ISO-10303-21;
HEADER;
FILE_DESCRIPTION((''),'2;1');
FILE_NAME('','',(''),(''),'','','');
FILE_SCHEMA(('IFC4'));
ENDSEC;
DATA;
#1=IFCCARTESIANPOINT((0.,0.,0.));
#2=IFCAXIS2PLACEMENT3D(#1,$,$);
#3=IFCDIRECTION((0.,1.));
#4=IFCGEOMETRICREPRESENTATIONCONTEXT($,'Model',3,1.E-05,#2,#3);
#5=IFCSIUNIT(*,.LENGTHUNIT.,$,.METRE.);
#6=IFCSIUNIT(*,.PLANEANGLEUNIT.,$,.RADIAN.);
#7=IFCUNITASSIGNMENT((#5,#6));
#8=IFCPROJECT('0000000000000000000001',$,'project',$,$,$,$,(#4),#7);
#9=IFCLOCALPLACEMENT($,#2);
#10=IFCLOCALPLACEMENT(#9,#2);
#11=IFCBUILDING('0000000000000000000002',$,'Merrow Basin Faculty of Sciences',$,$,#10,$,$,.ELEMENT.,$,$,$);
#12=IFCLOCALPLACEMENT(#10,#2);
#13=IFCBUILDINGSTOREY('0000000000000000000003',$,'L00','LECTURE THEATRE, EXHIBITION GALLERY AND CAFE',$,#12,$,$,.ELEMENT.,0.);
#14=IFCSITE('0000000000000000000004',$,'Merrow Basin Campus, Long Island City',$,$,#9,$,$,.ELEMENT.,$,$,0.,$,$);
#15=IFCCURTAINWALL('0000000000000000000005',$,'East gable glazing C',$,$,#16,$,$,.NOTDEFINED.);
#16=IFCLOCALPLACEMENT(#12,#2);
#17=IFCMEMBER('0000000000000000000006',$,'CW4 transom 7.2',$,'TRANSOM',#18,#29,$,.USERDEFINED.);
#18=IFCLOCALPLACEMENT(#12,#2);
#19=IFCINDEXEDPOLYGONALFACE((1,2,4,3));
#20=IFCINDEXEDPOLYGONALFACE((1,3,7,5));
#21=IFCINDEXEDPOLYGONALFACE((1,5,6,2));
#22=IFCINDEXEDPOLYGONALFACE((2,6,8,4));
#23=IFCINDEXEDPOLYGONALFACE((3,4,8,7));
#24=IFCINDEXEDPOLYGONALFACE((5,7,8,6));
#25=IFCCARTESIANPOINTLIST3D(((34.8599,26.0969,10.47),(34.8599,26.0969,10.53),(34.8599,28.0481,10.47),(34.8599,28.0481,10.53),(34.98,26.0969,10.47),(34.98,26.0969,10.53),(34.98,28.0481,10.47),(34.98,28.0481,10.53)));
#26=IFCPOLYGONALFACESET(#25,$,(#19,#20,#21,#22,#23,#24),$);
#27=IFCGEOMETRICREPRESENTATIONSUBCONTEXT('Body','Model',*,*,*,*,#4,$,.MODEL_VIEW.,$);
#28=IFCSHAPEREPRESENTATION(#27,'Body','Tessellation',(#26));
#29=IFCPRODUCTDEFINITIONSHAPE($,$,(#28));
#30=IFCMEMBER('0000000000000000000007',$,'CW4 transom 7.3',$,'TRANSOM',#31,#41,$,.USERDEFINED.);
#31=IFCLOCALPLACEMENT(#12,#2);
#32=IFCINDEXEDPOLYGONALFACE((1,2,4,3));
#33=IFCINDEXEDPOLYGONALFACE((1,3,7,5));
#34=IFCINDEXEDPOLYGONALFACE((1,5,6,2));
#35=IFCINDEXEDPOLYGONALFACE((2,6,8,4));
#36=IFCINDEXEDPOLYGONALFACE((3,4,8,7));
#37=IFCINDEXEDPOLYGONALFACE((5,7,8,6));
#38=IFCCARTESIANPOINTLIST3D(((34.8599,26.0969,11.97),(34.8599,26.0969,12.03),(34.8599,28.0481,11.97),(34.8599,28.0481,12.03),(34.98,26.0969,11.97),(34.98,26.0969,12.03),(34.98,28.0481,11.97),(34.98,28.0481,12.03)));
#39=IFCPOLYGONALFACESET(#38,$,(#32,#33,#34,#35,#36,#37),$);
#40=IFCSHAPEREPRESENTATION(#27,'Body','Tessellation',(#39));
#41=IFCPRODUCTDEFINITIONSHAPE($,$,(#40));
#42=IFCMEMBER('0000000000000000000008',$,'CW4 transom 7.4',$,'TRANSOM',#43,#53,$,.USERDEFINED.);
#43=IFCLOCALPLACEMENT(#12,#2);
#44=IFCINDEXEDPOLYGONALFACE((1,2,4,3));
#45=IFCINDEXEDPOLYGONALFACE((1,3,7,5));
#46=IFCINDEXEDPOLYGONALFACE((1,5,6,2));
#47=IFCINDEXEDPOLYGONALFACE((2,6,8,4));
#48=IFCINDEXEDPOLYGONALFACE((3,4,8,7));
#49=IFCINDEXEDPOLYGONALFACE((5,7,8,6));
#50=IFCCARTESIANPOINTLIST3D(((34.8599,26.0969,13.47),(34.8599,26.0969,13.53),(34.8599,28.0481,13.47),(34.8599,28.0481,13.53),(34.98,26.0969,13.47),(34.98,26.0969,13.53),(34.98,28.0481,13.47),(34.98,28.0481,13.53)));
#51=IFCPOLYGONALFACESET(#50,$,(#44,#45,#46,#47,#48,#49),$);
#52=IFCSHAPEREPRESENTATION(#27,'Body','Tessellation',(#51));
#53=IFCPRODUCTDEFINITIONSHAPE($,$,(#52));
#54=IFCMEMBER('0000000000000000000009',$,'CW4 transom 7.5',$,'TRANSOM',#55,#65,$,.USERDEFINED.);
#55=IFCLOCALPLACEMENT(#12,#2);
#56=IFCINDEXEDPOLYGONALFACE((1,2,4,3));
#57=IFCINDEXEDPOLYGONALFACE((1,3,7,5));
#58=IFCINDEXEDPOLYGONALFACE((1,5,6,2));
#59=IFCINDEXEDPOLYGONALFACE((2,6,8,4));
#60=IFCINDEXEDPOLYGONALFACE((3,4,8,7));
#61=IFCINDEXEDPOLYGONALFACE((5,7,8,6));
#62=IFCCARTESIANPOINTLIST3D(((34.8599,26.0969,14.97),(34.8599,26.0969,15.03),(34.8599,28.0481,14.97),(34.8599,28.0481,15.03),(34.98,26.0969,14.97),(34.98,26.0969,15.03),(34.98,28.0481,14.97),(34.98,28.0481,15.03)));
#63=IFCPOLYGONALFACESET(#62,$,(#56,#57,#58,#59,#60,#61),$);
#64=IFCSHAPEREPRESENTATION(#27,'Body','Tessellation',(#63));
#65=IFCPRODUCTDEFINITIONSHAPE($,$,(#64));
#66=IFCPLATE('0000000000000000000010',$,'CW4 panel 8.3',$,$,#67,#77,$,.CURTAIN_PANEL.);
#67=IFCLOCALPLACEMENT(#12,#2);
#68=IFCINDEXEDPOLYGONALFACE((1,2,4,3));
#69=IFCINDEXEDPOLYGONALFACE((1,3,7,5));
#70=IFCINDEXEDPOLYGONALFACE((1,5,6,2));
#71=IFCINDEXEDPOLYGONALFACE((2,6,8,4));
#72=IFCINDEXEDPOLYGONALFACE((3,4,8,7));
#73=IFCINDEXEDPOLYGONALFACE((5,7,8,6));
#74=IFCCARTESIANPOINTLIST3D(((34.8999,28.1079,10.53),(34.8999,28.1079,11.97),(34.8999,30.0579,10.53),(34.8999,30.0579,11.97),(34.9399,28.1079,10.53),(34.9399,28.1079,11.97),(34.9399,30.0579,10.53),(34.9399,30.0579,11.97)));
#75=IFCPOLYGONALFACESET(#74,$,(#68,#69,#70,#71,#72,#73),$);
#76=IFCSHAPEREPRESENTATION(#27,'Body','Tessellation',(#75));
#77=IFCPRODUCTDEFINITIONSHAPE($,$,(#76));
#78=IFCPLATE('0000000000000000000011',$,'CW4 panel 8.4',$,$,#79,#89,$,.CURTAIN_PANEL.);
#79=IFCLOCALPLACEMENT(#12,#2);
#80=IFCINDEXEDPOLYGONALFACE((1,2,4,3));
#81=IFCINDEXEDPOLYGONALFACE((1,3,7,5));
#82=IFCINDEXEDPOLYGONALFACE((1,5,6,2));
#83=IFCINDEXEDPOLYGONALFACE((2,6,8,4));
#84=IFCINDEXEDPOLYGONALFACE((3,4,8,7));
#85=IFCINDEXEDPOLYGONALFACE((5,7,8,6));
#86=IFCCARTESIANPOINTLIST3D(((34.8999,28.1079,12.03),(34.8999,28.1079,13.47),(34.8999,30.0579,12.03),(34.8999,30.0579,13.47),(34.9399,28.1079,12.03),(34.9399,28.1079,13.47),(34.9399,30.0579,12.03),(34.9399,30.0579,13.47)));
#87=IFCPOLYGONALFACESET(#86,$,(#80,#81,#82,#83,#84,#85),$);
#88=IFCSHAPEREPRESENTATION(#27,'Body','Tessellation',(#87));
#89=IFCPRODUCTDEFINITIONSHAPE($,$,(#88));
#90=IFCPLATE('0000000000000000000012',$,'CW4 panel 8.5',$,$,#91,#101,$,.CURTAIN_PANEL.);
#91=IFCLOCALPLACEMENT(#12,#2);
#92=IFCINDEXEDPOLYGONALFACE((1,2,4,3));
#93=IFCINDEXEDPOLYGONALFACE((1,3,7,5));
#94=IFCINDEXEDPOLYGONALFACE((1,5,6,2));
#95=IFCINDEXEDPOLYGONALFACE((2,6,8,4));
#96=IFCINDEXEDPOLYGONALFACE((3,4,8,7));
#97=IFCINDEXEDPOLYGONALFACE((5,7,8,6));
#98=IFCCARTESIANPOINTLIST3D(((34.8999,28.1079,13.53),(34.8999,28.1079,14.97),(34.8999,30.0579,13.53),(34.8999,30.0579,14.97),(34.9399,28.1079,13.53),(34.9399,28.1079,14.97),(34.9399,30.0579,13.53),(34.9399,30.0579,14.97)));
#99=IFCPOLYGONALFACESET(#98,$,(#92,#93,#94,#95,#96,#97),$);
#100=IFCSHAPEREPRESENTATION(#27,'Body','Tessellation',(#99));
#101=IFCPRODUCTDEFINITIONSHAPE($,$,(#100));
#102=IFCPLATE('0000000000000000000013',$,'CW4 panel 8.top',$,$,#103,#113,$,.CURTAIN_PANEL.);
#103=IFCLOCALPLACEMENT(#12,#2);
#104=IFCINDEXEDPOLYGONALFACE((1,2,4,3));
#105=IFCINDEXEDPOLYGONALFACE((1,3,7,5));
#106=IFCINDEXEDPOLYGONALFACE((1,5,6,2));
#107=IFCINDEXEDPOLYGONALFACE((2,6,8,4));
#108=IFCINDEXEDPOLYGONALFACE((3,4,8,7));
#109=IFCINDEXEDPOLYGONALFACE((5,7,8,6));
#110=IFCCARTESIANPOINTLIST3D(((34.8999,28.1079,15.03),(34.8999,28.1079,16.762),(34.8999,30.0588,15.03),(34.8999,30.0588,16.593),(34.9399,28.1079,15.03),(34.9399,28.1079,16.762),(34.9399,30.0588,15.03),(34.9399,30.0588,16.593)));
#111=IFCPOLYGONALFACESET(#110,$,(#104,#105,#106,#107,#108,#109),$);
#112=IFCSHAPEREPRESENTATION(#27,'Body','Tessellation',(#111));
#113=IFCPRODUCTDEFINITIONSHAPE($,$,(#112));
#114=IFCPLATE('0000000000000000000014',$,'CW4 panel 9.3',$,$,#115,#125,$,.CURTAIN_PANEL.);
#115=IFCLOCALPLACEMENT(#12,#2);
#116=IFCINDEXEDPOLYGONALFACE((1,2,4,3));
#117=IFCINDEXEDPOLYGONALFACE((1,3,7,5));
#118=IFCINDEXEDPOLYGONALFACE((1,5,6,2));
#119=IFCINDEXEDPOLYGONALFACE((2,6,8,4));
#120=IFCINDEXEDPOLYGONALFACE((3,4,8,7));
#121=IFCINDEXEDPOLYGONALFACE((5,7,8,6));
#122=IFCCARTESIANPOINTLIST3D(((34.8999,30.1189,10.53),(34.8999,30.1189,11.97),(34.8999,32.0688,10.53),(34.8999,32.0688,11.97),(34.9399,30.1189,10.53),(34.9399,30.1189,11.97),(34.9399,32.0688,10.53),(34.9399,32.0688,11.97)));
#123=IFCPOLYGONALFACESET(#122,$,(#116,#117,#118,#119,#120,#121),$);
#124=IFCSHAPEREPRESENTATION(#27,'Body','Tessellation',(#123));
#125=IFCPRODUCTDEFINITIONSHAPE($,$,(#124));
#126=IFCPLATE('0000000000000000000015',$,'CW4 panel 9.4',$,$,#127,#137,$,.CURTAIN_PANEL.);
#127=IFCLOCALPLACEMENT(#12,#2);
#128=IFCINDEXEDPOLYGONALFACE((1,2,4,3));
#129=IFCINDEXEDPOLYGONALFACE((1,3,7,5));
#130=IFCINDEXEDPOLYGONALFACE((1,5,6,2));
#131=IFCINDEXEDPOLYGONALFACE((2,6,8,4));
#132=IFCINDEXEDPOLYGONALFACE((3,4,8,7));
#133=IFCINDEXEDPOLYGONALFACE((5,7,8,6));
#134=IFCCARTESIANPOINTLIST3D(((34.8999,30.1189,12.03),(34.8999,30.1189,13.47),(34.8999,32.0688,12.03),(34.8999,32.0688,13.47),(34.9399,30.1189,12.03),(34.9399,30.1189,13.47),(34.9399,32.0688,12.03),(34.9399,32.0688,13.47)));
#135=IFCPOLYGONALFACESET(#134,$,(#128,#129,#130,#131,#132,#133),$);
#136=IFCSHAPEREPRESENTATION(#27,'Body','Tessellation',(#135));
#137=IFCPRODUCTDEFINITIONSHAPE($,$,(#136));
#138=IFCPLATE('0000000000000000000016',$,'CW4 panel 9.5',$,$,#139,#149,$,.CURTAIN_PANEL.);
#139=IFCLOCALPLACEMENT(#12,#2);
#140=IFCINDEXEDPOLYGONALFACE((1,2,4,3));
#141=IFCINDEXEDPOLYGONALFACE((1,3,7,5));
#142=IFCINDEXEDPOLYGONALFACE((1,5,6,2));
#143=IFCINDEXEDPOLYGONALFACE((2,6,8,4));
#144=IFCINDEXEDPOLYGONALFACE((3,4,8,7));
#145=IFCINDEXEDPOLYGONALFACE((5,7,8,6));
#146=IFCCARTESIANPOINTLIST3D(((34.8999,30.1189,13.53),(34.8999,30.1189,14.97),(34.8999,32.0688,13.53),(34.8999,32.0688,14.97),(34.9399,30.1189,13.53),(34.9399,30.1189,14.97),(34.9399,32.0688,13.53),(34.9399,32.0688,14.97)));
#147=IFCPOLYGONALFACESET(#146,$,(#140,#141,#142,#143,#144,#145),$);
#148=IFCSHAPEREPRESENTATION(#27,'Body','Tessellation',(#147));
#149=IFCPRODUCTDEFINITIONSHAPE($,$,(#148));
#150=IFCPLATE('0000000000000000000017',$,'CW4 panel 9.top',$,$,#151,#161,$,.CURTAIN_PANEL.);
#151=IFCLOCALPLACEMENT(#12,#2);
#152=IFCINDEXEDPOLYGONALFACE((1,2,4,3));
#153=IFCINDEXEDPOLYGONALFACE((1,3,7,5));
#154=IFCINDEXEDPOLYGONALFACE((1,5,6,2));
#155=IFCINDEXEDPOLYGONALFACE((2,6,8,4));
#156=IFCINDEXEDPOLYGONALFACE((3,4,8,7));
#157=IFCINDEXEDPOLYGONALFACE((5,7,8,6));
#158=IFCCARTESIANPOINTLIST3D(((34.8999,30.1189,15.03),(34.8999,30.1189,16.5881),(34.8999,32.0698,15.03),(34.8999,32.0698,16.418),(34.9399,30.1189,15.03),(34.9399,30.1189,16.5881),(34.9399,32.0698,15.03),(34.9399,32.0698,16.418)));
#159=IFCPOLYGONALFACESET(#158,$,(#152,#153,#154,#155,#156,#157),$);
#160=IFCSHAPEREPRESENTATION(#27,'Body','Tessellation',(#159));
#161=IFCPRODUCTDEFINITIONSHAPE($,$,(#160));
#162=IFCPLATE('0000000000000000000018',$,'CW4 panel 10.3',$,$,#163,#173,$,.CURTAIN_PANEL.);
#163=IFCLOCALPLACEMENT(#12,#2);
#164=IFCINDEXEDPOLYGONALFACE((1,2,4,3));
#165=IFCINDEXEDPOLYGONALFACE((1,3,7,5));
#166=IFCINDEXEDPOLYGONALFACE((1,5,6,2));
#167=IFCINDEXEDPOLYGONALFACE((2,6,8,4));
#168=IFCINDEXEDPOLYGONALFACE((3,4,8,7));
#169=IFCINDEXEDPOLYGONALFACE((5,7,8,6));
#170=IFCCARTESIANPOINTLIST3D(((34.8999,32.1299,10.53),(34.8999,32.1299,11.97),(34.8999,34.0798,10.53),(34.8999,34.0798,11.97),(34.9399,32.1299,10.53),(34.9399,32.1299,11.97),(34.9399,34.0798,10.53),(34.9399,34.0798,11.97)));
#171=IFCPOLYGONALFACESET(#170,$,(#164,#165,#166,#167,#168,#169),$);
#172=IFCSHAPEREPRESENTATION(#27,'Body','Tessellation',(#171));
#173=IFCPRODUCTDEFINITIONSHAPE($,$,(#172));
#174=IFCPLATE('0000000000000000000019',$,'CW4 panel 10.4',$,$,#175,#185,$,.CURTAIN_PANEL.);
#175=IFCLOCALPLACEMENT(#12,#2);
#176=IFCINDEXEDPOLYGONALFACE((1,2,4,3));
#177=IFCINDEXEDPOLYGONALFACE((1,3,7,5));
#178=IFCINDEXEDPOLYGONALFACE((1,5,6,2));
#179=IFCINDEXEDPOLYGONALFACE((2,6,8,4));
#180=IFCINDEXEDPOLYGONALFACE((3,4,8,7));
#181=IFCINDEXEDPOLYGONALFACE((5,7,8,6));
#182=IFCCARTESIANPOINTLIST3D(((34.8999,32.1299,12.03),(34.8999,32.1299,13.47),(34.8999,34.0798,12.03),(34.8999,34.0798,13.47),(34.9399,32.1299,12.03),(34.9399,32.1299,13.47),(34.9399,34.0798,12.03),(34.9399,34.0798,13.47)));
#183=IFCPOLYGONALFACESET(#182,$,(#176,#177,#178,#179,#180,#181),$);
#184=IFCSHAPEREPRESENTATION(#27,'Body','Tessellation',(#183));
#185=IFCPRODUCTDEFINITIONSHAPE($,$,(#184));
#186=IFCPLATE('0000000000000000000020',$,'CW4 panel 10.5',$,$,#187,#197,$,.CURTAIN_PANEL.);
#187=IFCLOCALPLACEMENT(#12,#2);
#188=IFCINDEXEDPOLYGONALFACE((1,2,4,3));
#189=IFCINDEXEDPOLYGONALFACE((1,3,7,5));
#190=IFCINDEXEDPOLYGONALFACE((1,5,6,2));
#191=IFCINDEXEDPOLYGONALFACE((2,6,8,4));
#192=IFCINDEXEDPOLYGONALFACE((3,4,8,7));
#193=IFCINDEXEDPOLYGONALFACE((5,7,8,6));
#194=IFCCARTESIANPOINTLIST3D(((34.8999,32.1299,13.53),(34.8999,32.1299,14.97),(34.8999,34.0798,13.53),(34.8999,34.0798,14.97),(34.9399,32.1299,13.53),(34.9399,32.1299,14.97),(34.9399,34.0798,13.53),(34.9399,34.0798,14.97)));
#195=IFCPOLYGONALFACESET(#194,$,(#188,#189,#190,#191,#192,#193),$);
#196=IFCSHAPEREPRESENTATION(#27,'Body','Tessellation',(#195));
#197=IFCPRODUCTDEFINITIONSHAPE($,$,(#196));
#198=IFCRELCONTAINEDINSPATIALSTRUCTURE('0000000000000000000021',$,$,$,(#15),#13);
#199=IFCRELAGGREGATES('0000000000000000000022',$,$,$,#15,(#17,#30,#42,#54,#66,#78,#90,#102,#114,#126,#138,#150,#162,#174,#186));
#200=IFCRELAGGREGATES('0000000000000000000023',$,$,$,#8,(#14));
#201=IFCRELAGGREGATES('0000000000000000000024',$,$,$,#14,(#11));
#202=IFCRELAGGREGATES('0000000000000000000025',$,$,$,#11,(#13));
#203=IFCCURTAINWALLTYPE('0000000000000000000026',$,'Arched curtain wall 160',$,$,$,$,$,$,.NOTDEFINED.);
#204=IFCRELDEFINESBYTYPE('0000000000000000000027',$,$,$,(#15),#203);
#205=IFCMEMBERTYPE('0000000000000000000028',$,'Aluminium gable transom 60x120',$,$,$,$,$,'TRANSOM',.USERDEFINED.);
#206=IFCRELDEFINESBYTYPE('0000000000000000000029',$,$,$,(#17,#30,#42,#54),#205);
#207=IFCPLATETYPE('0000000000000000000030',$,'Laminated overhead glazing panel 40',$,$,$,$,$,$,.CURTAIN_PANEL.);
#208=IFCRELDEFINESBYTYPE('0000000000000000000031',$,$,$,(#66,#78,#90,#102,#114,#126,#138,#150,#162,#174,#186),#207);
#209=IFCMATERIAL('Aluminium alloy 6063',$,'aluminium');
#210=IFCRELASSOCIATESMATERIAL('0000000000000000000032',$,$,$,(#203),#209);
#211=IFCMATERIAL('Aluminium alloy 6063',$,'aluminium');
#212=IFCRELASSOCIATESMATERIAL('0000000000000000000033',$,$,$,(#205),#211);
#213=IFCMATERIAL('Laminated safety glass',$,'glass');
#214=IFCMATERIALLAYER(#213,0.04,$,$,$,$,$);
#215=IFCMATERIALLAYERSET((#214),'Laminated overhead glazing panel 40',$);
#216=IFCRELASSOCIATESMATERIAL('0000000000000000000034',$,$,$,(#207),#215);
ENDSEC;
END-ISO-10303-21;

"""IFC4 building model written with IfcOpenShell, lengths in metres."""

from ifc_helpers import new_model, si_unit, direction, frame, origin, origin_2d, place, context, subcontext, project, spatial, polyline, rectangle, outline, extrude, material, layer, layer_set, material_profile, profile_set, type_object, element, aggregate, save


model = new_model("IFC4")

# Units and contexts
model_context = context("Model", 3, precision=1e-05, world=origin(), true_north=direction((0.0, 1.0)))
body_context = subcontext(model_context, "Body", "Model", "MODEL_VIEW")
ifc_project = project(units=[si_unit("LENGTHUNIT", "METRE"), si_unit("PLANEANGLEUNIT", "RADIAN")], contexts=[model_context])

# Site, building, storey
site_placement = place(None, origin())
site = spatial("IfcSite", under=ifc_project, at=site_placement, Name="Merrow Basin Campus, Long Island City", CompositionType="ELEMENT", RefElevation=0.0)
building_placement = place(site_placement, origin())
building = spatial("IfcBuilding", under=site, at=building_placement, Name="Merrow Basin Faculty of Sciences", CompositionType="ELEMENT")
storey_placement = place(building_placement, origin())
storey = spatial("IfcBuildingStorey", under=building, at=storey_placement, Name="L00", Description="LECTURE THEATRE, EXHIBITION GALLERY AND CAFE", CompositionType="ELEMENT", Elevation=0.0)

# Curtain wall, members, plates
ifc_material_1 = material(Name="Aluminium alloy 6063", Category="aluminium")
curtain_wall_type = type_object("IfcCurtainWallType", Name="Arched curtain wall 160", PredefinedType="NOTDEFINED", material=ifc_material_1)
curtain_wall_placement = place(storey_placement, origin())
curtain_wall = element("IfcCurtainWall", 1, at=curtain_wall_placement, inside=storey, type_object=curtain_wall_type, Name="East gable glazing C", PredefinedType="NOTDEFINED")
ifc_material_2 = material(Name="Aluminium alloy 6063", Category="aluminium")
ifc_material_profile = material_profile(ifc_material_2, rectangle(XDim=0.1201, YDim=0.0601, at=origin_2d()))
ifc_profile_set = profile_set([ifc_material_profile], Name="Aluminium alloy 6063")
member_type = type_object("IfcMemberType", Name="Aluminium gable transom 60x120", ElementType="TRANSOM", PredefinedType="USERDEFINED", material=ifc_profile_set)
member_1_placement = place(storey_placement, frame((34.9199, 26.0969, 10.5), z_axis=(0.0, 1.0, 0.0), x_axis=(-1.0, 0.0, 0.0)))
member_1 = element("IfcMember", 2, at=member_1_placement, type_object=member_type, Name="CW4 transom 7.2", ObjectType="TRANSOM", PredefinedType="USERDEFINED", context=body_context, shape_type="SweptSolid", body=[
    extrude(rectangle(XDim=0.1201, YDim=0.0601, at=origin_2d()), origin(), (0.0, 0.0, 1.0), 1.9512),
])
member_2_placement = place(storey_placement, frame((34.9199, 26.0969, 12.0), z_axis=(0.0, 1.0, 0.0), x_axis=(-1.0, 0.0, 0.0)))
member_2 = element("IfcMember", 3, at=member_2_placement, type_object=member_type, Name="CW4 transom 7.3", ObjectType="TRANSOM", PredefinedType="USERDEFINED", context=body_context, shape_type="SweptSolid", body=[
    extrude(rectangle(XDim=0.1201, YDim=0.0601, at=origin_2d()), origin(), (0.0, 0.0, 1.0), 1.9512),
])
member_3_placement = place(storey_placement, frame((34.9199, 26.0969, 13.5), z_axis=(0.0, 1.0, 0.0), x_axis=(-1.0, 0.0, 0.0)))
member_3 = element("IfcMember", 4, at=member_3_placement, type_object=member_type, Name="CW4 transom 7.4", ObjectType="TRANSOM", PredefinedType="USERDEFINED", context=body_context, shape_type="SweptSolid", body=[
    extrude(rectangle(XDim=0.1201, YDim=0.0601, at=origin_2d()), origin(), (0.0, 0.0, 1.0), 1.9512),
])
member_4_placement = place(storey_placement, frame((34.9199, 26.0969, 15.0), z_axis=(0.0, 1.0, 0.0), x_axis=(-1.0, 0.0, 0.0)))
member_4 = element("IfcMember", 5, at=member_4_placement, type_object=member_type, Name="CW4 transom 7.5", ObjectType="TRANSOM", PredefinedType="USERDEFINED", context=body_context, shape_type="SweptSolid", body=[
    extrude(rectangle(XDim=0.1201, YDim=0.0601, at=origin_2d()), origin(), (0.0, 0.0, 1.0), 1.9512),
])
ifc_material_3 = material(Name="Laminated safety glass", Category="glass")
ifc_layer = layer(ifc_material_3, 0.04)
ifc_layer_set = layer_set([ifc_layer], Name="Laminated overhead glazing panel 40")
plate_type = type_object("IfcPlateType", Name="Laminated overhead glazing panel 40", PredefinedType="CURTAIN_PANEL", material=ifc_layer_set)
plate_1_placement = place(storey_placement, frame((34.8999, 28.1079, 10.53), z_axis=(1.0, 0.0, 0.0), x_axis=(0.0, 1.0, 0.0)))
plate_1 = element("IfcPlate", 6, at=plate_1_placement, type_object=plate_type, Name="CW4 panel 8.3", PredefinedType="CURTAIN_PANEL", context=body_context, shape_type="SweptSolid", body=[
    extrude(outline(polyline([(0.0, 0.0), (1.95, 0.0), (1.95, 1.4399), (0.0, 1.4399), (0.0, 0.0)])), origin(), (0.0, 0.0, 1.0), 0.04),
])
plate_2_placement = place(storey_placement, frame((34.8999, 28.1079, 12.03), z_axis=(1.0, 0.0, 0.0), x_axis=(0.0, 1.0, 0.0)))
plate_2 = element("IfcPlate", 7, at=plate_2_placement, type_object=plate_type, Name="CW4 panel 8.4", PredefinedType="CURTAIN_PANEL", context=body_context, shape_type="SweptSolid", body=[
    extrude(outline(polyline([(0.0, 0.0), (1.95, 0.0), (1.95, 1.4399), (0.0, 1.4399), (0.0, 0.0)])), origin(), (0.0, 0.0, 1.0), 0.04),
])
plate_3_placement = place(storey_placement, frame((34.8999, 28.1079, 13.53), z_axis=(1.0, 0.0, 0.0), x_axis=(0.0, 1.0, 0.0)))
plate_3 = element("IfcPlate", 8, at=plate_3_placement, type_object=plate_type, Name="CW4 panel 8.5", PredefinedType="CURTAIN_PANEL", context=body_context, shape_type="SweptSolid", body=[
    extrude(outline(polyline([(0.0, 0.0), (1.95, 0.0), (1.95, 1.4399), (0.0, 1.4399), (0.0, 0.0)])), origin(), (0.0, 0.0, 1.0), 0.04),
])
plate_4_placement = place(storey_placement, frame((34.8999, 28.1079, 15.03), z_axis=(1.0, 0.0, 0.0), x_axis=(0.0, 1.0, 0.0)))
plate_4 = element("IfcPlate", 9, at=plate_4_placement, type_object=plate_type, Name="CW4 panel 8.top", PredefinedType="CURTAIN_PANEL", context=body_context, shape_type="SweptSolid", body=[
    extrude(outline(polyline([(0.0, 0.0), (1.9509, 0.0), (1.9509, 1.563), (0.0, 1.7319), (0.0, 0.0)])), origin(), (0.0, 0.0, 1.0), 0.04),
])
plate_5_placement = place(storey_placement, frame((34.8999, 30.1189, 10.53), z_axis=(1.0, 0.0, 0.0), x_axis=(0.0, 1.0, 0.0)))
plate_5 = element("IfcPlate", 10, at=plate_5_placement, type_object=plate_type, Name="CW4 panel 9.3", PredefinedType="CURTAIN_PANEL", context=body_context, shape_type="SweptSolid", body=[
    extrude(outline(polyline([(0.0, 0.0), (1.95, 0.0), (1.95, 1.4399), (0.0, 1.4399), (0.0, 0.0)])), origin(), (0.0, 0.0, 1.0), 0.04),
])
plate_6_placement = place(storey_placement, frame((34.8999, 30.1189, 12.03), z_axis=(1.0, 0.0, 0.0), x_axis=(0.0, 1.0, 0.0)))
plate_6 = element("IfcPlate", 11, at=plate_6_placement, type_object=plate_type, Name="CW4 panel 9.4", PredefinedType="CURTAIN_PANEL", context=body_context, shape_type="SweptSolid", body=[
    extrude(outline(polyline([(0.0, 0.0), (1.95, 0.0), (1.95, 1.4399), (0.0, 1.4399), (0.0, 0.0)])), origin(), (0.0, 0.0, 1.0), 0.04),
])
plate_7_placement = place(storey_placement, frame((34.8999, 30.1189, 13.53), z_axis=(1.0, 0.0, 0.0), x_axis=(0.0, 1.0, 0.0)))
plate_7 = element("IfcPlate", 12, at=plate_7_placement, type_object=plate_type, Name="CW4 panel 9.5", PredefinedType="CURTAIN_PANEL", context=body_context, shape_type="SweptSolid", body=[
    extrude(outline(polyline([(0.0, 0.0), (1.95, 0.0), (1.95, 1.4399), (0.0, 1.4399), (0.0, 0.0)])), origin(), (0.0, 0.0, 1.0), 0.04),
])
plate_8_placement = place(storey_placement, frame((34.8999, 30.1189, 15.03), z_axis=(1.0, 0.0, 0.0), x_axis=(0.0, 1.0, 0.0)))
plate_8 = element("IfcPlate", 13, at=plate_8_placement, type_object=plate_type, Name="CW4 panel 9.top", PredefinedType="CURTAIN_PANEL", context=body_context, shape_type="SweptSolid", body=[
    extrude(outline(polyline([(0.0, 0.0), (1.9509, 0.0), (1.9509, 1.3879), (0.0, 1.5581), (0.0, 0.0)])), origin(), (0.0, 0.0, 1.0), 0.04),
])
plate_9_placement = place(storey_placement, frame((34.8999, 32.1299, 10.53), z_axis=(1.0, 0.0, 0.0), x_axis=(0.0, 1.0, 0.0)))
plate_9 = element("IfcPlate", 14, at=plate_9_placement, type_object=plate_type, Name="CW4 panel 10.3", PredefinedType="CURTAIN_PANEL", context=body_context, shape_type="SweptSolid", body=[
    extrude(outline(polyline([(0.0, 0.0), (1.95, 0.0), (1.95, 1.4399), (0.0, 1.4399), (0.0, 0.0)])), origin(), (0.0, 0.0, 1.0), 0.04),
])
plate_10_placement = place(storey_placement, frame((34.8999, 32.1299, 12.03), z_axis=(1.0, 0.0, 0.0), x_axis=(0.0, 1.0, 0.0)))
plate_10 = element("IfcPlate", 15, at=plate_10_placement, type_object=plate_type, Name="CW4 panel 10.4", PredefinedType="CURTAIN_PANEL", context=body_context, shape_type="SweptSolid", body=[
    extrude(outline(polyline([(0.0, 0.0), (1.95, 0.0), (1.95, 1.4399), (0.0, 1.4399), (0.0, 0.0)])), origin(), (0.0, 0.0, 1.0), 0.04),
])
plate_11_placement = place(storey_placement, frame((34.8999, 32.1299, 13.53), z_axis=(1.0, 0.0, 0.0), x_axis=(0.0, 1.0, 0.0)))
plate_11 = element("IfcPlate", 16, at=plate_11_placement, type_object=plate_type, Name="CW4 panel 10.5", PredefinedType="CURTAIN_PANEL", context=body_context, shape_type="SweptSolid", body=[
    extrude(outline(polyline([(0.0, 0.0), (1.95, 0.0), (1.95, 1.4399), (0.0, 1.4399), (0.0, 0.0)])), origin(), (0.0, 0.0, 1.0), 0.04),
])
aggregate(curtain_wall, [member_1, member_2, member_3, member_4, plate_1, plate_2, plate_3, plate_4, plate_5, plate_6, plate_7, plate_8, plate_9, plate_10, plate_11])

save(model, "model.ifc")
